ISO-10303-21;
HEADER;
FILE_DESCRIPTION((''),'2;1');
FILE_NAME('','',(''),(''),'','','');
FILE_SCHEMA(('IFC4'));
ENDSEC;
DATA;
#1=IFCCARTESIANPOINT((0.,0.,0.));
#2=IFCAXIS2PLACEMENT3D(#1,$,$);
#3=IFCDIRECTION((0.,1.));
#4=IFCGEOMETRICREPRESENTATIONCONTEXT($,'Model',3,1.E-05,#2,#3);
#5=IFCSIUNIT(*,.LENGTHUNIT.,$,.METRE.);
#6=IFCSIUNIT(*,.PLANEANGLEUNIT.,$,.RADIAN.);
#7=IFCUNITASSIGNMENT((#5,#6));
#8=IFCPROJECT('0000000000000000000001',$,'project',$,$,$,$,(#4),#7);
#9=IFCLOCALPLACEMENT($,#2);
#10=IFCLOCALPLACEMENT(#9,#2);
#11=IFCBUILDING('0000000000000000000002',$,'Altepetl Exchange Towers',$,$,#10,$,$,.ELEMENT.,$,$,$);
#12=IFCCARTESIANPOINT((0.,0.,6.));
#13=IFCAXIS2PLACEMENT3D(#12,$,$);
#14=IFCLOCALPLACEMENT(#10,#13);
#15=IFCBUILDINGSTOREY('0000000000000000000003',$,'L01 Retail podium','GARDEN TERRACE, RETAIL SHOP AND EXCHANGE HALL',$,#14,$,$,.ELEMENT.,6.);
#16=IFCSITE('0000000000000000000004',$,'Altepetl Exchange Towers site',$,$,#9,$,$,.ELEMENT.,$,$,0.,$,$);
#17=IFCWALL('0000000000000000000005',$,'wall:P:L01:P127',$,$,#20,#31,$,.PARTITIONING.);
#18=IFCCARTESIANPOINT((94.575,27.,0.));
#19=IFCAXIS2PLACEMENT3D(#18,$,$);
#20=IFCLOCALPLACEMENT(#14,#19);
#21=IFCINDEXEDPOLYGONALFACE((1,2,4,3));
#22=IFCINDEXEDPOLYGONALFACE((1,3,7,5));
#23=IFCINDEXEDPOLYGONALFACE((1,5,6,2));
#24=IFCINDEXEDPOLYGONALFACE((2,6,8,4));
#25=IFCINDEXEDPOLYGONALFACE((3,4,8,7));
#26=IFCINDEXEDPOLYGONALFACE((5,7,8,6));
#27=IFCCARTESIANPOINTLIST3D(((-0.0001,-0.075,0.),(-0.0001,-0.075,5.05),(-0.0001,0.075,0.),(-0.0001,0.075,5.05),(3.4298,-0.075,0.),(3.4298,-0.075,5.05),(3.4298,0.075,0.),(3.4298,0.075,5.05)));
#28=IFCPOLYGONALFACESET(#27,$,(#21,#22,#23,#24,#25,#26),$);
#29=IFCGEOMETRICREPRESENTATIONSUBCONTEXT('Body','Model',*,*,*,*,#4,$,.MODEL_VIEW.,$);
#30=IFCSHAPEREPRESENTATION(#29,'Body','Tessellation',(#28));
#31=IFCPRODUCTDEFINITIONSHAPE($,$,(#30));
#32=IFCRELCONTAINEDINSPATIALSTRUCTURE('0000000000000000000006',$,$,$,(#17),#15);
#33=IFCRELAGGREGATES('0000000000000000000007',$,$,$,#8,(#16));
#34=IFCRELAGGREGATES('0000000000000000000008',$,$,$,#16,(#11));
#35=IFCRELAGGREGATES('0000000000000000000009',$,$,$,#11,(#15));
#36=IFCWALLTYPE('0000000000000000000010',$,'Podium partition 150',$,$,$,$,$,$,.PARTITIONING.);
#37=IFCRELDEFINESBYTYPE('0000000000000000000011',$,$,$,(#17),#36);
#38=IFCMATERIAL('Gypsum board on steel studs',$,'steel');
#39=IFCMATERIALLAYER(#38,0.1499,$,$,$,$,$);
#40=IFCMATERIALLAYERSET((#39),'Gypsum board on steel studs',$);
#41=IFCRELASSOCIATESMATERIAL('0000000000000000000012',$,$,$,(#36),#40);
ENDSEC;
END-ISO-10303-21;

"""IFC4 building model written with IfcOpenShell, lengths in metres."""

from ifc_helpers import new_model, si_unit, direction, frame, frame_2d, origin, place, context, subcontext, project, spatial, rectangle, extrude, material, layer, layer_set, type_object, element, save


model = new_model("IFC4")

# Units and contexts
model_context = context("Model", 3, precision=1e-05, world=origin(), true_north=direction((0.0, 1.0)))
body_context = subcontext(model_context, "Body", "Model", "MODEL_VIEW")
ifc_project = project(units=[si_unit("LENGTHUNIT", "METRE"), si_unit("PLANEANGLEUNIT", "RADIAN")], contexts=[model_context])

# Site, building, storey
site_placement = place(None, origin())
site = spatial("IfcSite", under=ifc_project, at=site_placement, Name="Altepetl Exchange Towers site", CompositionType="ELEMENT", RefElevation=0.0)
building_placement = place(site_placement, origin())
building = spatial("IfcBuilding", under=site, at=building_placement, Name="Altepetl Exchange Towers", CompositionType="ELEMENT")
storey_placement = place(building_placement, frame((0.0, 0.0, 6.0)))
storey = spatial("IfcBuildingStorey", under=building, at=storey_placement, Name="L01 Retail podium", Description="GARDEN TERRACE, RETAIL SHOP AND EXCHANGE HALL", CompositionType="ELEMENT", Elevation=6.0)

# Shared definitions
ifc_material_1 = material(Name="Gypsum board on steel studs", Category="steel")
ifc_layer_1 = layer(ifc_material_1, 0.1499)
ifc_layer_set_1 = layer_set([ifc_layer_1], Name="Gypsum board on steel studs")
wall_type_1 = type_object("IfcWallType", Name="Podium partition 150", PredefinedType="PARTITIONING", material=ifc_layer_set_1)

# Wall
wall_1_placement = place(storey_placement, frame((94.575, 27.0, 0.0)))
element("IfcWall", 1, at=wall_1_placement, inside=storey, type_object=wall_type_1, Name="wall:P:L01:P127", PredefinedType="PARTITIONING", context=body_context, shape_type="SweptSolid", body=[
    extrude(rectangle(XDim=3.4299, YDim=0.1499, at=frame_2d((1.7148, 0.0))), origin(), (0.0, 0.0, 1.0), 5.05),
])

save(model, "model.ifc")
